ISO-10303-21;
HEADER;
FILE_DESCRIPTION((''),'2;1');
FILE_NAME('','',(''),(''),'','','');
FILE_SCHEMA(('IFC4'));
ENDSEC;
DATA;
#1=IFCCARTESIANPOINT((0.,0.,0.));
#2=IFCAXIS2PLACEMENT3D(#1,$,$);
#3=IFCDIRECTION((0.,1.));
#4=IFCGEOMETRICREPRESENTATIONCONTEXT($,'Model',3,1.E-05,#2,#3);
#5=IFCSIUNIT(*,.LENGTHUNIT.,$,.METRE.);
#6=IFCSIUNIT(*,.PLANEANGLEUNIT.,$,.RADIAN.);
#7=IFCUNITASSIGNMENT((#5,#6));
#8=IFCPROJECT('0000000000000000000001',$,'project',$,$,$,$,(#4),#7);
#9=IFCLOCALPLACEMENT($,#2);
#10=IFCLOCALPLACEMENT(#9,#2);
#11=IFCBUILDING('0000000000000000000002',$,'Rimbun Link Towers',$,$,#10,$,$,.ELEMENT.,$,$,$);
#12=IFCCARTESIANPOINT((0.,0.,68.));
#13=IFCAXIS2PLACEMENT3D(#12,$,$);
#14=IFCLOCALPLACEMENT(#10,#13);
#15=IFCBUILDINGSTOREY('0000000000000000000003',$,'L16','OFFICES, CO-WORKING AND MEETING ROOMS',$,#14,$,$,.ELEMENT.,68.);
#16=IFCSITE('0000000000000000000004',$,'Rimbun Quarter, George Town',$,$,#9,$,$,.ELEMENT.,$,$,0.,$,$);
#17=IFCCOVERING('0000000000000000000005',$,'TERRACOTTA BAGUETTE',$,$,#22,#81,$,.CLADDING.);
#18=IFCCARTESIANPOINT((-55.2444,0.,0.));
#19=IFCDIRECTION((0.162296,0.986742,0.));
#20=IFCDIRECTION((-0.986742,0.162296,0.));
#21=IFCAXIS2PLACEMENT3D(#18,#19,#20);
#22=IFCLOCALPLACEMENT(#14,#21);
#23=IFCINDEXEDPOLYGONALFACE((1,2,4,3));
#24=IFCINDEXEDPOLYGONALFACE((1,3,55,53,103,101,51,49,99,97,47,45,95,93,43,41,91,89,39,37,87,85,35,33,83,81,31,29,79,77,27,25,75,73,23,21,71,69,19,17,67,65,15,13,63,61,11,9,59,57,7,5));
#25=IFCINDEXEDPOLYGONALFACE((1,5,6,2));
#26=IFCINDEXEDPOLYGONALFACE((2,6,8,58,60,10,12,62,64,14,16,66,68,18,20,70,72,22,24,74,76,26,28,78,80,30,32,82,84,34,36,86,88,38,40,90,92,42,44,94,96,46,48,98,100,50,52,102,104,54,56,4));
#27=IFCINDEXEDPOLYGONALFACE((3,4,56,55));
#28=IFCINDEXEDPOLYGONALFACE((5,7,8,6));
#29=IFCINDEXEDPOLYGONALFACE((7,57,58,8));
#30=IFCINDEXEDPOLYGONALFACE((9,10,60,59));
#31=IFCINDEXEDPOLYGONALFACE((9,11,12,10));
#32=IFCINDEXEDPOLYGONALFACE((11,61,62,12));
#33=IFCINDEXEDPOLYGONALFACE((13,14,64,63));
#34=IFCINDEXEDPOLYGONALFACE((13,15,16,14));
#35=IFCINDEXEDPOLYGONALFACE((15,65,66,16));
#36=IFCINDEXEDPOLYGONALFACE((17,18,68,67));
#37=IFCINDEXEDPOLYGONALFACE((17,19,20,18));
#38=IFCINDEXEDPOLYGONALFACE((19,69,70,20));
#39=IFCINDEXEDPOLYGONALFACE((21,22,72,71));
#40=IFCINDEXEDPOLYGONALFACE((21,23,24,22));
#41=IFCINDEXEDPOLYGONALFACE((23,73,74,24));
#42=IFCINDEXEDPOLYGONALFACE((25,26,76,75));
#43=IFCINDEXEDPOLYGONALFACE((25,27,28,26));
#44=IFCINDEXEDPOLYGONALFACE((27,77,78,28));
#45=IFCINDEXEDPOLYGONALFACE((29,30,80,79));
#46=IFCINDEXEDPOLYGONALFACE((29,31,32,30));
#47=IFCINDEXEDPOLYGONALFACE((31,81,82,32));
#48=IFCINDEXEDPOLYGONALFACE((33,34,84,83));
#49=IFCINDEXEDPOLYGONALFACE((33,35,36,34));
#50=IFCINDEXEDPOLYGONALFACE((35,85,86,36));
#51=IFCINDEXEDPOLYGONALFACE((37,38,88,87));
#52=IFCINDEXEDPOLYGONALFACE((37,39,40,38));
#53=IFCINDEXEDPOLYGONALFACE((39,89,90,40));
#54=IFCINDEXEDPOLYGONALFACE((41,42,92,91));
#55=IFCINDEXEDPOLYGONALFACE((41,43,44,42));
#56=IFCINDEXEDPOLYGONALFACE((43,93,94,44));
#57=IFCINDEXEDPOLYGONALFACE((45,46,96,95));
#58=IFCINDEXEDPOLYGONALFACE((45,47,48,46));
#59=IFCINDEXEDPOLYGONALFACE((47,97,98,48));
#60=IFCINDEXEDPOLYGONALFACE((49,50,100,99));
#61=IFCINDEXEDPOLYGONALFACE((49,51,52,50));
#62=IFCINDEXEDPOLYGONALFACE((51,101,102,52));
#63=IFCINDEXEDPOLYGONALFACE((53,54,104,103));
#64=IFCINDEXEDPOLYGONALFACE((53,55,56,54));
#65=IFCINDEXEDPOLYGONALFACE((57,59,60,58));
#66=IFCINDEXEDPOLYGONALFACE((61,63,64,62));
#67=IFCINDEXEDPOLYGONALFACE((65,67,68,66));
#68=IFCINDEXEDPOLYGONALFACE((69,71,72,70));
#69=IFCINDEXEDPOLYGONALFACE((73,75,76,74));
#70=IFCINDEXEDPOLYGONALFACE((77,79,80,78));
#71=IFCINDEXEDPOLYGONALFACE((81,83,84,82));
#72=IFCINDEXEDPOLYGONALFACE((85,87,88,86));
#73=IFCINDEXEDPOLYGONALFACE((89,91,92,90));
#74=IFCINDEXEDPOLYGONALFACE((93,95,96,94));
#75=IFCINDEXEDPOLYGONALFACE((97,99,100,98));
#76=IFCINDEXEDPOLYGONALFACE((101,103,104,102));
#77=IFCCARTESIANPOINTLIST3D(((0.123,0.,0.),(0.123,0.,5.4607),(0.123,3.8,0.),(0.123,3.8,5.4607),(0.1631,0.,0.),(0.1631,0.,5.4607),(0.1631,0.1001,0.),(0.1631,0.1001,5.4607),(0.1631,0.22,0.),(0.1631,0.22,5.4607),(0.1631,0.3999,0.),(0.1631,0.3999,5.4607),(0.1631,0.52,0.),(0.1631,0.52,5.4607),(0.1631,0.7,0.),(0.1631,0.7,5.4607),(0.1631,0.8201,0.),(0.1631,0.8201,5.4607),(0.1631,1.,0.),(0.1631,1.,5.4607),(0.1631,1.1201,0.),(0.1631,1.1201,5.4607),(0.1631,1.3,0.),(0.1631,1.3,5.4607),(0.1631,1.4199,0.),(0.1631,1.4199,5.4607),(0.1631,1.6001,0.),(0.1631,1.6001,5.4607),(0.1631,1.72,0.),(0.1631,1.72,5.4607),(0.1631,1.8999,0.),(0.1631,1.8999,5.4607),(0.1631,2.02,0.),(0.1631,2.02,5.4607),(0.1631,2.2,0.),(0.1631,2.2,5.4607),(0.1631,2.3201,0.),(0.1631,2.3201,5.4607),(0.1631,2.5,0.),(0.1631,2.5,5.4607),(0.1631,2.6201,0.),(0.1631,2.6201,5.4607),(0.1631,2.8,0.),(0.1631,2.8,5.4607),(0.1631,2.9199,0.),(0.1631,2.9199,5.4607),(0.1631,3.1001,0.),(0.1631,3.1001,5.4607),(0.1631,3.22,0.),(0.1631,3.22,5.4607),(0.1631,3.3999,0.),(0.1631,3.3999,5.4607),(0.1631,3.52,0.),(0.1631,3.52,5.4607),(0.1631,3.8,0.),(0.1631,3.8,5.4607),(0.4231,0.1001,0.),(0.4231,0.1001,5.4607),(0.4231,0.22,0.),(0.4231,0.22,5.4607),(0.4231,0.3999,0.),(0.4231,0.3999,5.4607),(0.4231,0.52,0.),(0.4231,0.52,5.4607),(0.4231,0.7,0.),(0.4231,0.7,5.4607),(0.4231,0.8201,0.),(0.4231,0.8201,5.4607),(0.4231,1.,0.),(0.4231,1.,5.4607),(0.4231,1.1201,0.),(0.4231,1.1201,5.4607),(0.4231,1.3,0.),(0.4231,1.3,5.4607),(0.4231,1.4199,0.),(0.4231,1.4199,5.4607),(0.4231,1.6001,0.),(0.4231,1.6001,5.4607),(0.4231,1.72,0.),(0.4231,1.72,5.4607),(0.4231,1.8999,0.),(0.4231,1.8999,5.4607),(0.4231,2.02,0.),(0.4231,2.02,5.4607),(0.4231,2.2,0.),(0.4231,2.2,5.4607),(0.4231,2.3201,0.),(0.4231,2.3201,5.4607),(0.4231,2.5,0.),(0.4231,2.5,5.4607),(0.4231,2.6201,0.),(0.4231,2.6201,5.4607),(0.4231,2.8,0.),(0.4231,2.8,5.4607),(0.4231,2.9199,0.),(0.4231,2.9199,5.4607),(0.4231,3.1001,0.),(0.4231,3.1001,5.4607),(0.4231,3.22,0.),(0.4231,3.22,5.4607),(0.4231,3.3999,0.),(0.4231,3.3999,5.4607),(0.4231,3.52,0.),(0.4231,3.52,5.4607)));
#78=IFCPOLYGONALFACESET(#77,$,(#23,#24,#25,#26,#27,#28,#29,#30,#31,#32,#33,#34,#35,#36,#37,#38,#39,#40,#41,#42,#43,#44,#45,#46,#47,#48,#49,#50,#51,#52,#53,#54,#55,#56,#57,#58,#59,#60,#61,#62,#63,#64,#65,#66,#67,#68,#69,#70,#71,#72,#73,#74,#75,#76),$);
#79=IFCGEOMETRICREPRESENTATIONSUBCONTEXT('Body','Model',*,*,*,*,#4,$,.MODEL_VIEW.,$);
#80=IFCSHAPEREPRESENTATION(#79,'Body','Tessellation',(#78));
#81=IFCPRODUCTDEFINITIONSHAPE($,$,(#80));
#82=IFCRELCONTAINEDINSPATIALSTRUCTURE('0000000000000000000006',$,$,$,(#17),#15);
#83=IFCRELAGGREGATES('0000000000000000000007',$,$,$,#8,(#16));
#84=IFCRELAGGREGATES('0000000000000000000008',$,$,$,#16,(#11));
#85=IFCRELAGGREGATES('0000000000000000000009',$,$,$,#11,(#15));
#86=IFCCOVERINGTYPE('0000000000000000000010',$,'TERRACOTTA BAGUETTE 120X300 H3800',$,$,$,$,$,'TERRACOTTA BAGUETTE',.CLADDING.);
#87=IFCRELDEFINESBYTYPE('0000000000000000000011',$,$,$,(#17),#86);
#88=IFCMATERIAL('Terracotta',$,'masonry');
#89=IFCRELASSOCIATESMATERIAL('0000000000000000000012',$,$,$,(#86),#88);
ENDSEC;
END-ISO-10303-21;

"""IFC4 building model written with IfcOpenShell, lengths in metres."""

from ifc_helpers import new_model, si_unit, direction, frame, origin, place, context, subcontext, project, spatial, polyline, outline, extrude, material, material_profile, profile_set, type_object, element, save


model = new_model("IFC4")

# Units and contexts
model_context = context("Model", 3, precision=1e-05, world=origin(), true_north=direction((0.0, 1.0)))
body_context = subcontext(model_context, "Body", "Model", "MODEL_VIEW")
ifc_project = project(units=[si_unit("LENGTHUNIT", "METRE"), si_unit("PLANEANGLEUNIT", "RADIAN")], contexts=[model_context])

# Site, building, storey
site_placement = place(None, origin())
site = spatial("IfcSite", under=ifc_project, at=site_placement, Name="Rimbun Quarter, George Town", CompositionType="ELEMENT", RefElevation=0.0)
building_placement = place(site_placement, origin())
building = spatial("IfcBuilding", under=site, at=building_placement, Name="Rimbun Link Towers", CompositionType="ELEMENT")
storey_placement = place(building_placement, frame((0.0, 0.0, 68.0)))
storey = spatial("IfcBuildingStorey", under=building, at=storey_placement, Name="L16", Description="OFFICES, CO-WORKING AND MEETING ROOMS", CompositionType="ELEMENT", Elevation=68.0)

# Covering
ifc_material_1 = material(Name="Terracotta", Category="masonry")
ifc_material_profile_1 = material_profile(ifc_material_1, outline(polyline([(0.123, 0.0), (0.1631, 0.0), (0.1631, 0.1001), (0.4231, 0.1001), (0.4231, 0.22), (0.1631, 0.22), (0.1631, 0.3999), (0.4231, 0.3999), (0.4231, 0.52), (0.1631, 0.52), (0.1631, 0.7), (0.4231, 0.7), (0.4231, 0.8201), (0.1631, 0.8201), (0.1631, 1.0), (0.4231, 1.0), (0.4231, 1.1201), (0.1631, 1.1201), (0.1631, 1.3), (0.4231, 1.3), (0.4231, 1.4199), (0.1631, 1.4199), (0.1631, 1.6001), (0.4231, 1.6001), (0.4231, 1.72), (0.1631, 1.72), (0.1631, 1.8999), (0.4231, 1.8999), (0.4231, 2.02), (0.1631, 2.02), (0.1631, 2.2), (0.4231, 2.2), (0.4231, 2.3201), (0.1631, 2.3201), (0.1631, 2.5), (0.4231, 2.5), (0.4231, 2.6201), (0.1631, 2.6201), (0.1631, 2.8), (0.4231, 2.8), (0.4231, 2.9199), (0.1631, 2.9199), (0.1631, 3.1001), (0.4231, 3.1001), (0.4231, 3.22), (0.1631, 3.22), (0.1631, 3.3999), (0.4231, 3.3999), (0.4231, 3.52), (0.1631, 3.52), (0.1631, 3.8), (0.123, 3.8), (0.123, 0.0)])), Name="BAGUETTE 120X300")
ifc_profile_set_1 = profile_set([ifc_material_profile_1], Name="Terracotta")
covering_type = type_object("IfcCoveringType", Name="TERRACOTTA BAGUETTE 120X300 H3800", ElementType="TERRACOTTA BAGUETTE", PredefinedType="CLADDING", material=ifc_profile_set_1)
covering_placement = place(storey_placement, frame((-55.2444, 0.0, 0.0), z_axis=(0.162296, 0.986742, 0.0), x_axis=(-0.986742, 0.162296, 0.0)))
element("IfcCovering", 1, at=covering_placement, inside=storey, type_object=covering_type, Name="TERRACOTTA BAGUETTE", PredefinedType="CLADDING", context=body_context, shape_type="SweptSolid", body=[
    extrude(outline(polyline([(0.123, 0.0), (0.1631, 0.0), (0.1631, 0.1001), (0.4231, 0.1001), (0.4231, 0.22), (0.1631, 0.22), (0.1631, 0.3999), (0.4231, 0.3999), (0.4231, 0.52), (0.1631, 0.52), (0.1631, 0.7), (0.4231, 0.7), (0.4231, 0.8201), (0.1631, 0.8201), (0.1631, 1.0), (0.4231, 1.0), (0.4231, 1.1201), (0.1631, 1.1201), (0.1631, 1.3), (0.4231, 1.3), (0.4231, 1.4199), (0.1631, 1.4199), (0.1631, 1.6001), (0.4231, 1.6001), (0.4231, 1.72), (0.1631, 1.72), (0.1631, 1.8999), (0.4231, 1.8999), (0.4231, 2.02), (0.1631, 2.02), (0.1631, 2.2), (0.4231, 2.2), (0.4231, 2.3201), (0.1631, 2.3201), (0.1631, 2.5), (0.4231, 2.5), (0.4231, 2.6201), (0.1631, 2.6201), (0.1631, 2.8), (0.4231, 2.8), (0.4231, 2.9199), (0.1631, 2.9199), (0.1631, 3.1001), (0.4231, 3.1001), (0.4231, 3.22), (0.1631, 3.22), (0.1631, 3.3999), (0.4231, 3.3999), (0.4231, 3.52), (0.1631, 3.52), (0.1631, 3.8), (0.123, 3.8), (0.123, 0.0)])), origin(), (0.0, 0.0, 1.0), 5.4607),
])

save(model, "model.ifc")
